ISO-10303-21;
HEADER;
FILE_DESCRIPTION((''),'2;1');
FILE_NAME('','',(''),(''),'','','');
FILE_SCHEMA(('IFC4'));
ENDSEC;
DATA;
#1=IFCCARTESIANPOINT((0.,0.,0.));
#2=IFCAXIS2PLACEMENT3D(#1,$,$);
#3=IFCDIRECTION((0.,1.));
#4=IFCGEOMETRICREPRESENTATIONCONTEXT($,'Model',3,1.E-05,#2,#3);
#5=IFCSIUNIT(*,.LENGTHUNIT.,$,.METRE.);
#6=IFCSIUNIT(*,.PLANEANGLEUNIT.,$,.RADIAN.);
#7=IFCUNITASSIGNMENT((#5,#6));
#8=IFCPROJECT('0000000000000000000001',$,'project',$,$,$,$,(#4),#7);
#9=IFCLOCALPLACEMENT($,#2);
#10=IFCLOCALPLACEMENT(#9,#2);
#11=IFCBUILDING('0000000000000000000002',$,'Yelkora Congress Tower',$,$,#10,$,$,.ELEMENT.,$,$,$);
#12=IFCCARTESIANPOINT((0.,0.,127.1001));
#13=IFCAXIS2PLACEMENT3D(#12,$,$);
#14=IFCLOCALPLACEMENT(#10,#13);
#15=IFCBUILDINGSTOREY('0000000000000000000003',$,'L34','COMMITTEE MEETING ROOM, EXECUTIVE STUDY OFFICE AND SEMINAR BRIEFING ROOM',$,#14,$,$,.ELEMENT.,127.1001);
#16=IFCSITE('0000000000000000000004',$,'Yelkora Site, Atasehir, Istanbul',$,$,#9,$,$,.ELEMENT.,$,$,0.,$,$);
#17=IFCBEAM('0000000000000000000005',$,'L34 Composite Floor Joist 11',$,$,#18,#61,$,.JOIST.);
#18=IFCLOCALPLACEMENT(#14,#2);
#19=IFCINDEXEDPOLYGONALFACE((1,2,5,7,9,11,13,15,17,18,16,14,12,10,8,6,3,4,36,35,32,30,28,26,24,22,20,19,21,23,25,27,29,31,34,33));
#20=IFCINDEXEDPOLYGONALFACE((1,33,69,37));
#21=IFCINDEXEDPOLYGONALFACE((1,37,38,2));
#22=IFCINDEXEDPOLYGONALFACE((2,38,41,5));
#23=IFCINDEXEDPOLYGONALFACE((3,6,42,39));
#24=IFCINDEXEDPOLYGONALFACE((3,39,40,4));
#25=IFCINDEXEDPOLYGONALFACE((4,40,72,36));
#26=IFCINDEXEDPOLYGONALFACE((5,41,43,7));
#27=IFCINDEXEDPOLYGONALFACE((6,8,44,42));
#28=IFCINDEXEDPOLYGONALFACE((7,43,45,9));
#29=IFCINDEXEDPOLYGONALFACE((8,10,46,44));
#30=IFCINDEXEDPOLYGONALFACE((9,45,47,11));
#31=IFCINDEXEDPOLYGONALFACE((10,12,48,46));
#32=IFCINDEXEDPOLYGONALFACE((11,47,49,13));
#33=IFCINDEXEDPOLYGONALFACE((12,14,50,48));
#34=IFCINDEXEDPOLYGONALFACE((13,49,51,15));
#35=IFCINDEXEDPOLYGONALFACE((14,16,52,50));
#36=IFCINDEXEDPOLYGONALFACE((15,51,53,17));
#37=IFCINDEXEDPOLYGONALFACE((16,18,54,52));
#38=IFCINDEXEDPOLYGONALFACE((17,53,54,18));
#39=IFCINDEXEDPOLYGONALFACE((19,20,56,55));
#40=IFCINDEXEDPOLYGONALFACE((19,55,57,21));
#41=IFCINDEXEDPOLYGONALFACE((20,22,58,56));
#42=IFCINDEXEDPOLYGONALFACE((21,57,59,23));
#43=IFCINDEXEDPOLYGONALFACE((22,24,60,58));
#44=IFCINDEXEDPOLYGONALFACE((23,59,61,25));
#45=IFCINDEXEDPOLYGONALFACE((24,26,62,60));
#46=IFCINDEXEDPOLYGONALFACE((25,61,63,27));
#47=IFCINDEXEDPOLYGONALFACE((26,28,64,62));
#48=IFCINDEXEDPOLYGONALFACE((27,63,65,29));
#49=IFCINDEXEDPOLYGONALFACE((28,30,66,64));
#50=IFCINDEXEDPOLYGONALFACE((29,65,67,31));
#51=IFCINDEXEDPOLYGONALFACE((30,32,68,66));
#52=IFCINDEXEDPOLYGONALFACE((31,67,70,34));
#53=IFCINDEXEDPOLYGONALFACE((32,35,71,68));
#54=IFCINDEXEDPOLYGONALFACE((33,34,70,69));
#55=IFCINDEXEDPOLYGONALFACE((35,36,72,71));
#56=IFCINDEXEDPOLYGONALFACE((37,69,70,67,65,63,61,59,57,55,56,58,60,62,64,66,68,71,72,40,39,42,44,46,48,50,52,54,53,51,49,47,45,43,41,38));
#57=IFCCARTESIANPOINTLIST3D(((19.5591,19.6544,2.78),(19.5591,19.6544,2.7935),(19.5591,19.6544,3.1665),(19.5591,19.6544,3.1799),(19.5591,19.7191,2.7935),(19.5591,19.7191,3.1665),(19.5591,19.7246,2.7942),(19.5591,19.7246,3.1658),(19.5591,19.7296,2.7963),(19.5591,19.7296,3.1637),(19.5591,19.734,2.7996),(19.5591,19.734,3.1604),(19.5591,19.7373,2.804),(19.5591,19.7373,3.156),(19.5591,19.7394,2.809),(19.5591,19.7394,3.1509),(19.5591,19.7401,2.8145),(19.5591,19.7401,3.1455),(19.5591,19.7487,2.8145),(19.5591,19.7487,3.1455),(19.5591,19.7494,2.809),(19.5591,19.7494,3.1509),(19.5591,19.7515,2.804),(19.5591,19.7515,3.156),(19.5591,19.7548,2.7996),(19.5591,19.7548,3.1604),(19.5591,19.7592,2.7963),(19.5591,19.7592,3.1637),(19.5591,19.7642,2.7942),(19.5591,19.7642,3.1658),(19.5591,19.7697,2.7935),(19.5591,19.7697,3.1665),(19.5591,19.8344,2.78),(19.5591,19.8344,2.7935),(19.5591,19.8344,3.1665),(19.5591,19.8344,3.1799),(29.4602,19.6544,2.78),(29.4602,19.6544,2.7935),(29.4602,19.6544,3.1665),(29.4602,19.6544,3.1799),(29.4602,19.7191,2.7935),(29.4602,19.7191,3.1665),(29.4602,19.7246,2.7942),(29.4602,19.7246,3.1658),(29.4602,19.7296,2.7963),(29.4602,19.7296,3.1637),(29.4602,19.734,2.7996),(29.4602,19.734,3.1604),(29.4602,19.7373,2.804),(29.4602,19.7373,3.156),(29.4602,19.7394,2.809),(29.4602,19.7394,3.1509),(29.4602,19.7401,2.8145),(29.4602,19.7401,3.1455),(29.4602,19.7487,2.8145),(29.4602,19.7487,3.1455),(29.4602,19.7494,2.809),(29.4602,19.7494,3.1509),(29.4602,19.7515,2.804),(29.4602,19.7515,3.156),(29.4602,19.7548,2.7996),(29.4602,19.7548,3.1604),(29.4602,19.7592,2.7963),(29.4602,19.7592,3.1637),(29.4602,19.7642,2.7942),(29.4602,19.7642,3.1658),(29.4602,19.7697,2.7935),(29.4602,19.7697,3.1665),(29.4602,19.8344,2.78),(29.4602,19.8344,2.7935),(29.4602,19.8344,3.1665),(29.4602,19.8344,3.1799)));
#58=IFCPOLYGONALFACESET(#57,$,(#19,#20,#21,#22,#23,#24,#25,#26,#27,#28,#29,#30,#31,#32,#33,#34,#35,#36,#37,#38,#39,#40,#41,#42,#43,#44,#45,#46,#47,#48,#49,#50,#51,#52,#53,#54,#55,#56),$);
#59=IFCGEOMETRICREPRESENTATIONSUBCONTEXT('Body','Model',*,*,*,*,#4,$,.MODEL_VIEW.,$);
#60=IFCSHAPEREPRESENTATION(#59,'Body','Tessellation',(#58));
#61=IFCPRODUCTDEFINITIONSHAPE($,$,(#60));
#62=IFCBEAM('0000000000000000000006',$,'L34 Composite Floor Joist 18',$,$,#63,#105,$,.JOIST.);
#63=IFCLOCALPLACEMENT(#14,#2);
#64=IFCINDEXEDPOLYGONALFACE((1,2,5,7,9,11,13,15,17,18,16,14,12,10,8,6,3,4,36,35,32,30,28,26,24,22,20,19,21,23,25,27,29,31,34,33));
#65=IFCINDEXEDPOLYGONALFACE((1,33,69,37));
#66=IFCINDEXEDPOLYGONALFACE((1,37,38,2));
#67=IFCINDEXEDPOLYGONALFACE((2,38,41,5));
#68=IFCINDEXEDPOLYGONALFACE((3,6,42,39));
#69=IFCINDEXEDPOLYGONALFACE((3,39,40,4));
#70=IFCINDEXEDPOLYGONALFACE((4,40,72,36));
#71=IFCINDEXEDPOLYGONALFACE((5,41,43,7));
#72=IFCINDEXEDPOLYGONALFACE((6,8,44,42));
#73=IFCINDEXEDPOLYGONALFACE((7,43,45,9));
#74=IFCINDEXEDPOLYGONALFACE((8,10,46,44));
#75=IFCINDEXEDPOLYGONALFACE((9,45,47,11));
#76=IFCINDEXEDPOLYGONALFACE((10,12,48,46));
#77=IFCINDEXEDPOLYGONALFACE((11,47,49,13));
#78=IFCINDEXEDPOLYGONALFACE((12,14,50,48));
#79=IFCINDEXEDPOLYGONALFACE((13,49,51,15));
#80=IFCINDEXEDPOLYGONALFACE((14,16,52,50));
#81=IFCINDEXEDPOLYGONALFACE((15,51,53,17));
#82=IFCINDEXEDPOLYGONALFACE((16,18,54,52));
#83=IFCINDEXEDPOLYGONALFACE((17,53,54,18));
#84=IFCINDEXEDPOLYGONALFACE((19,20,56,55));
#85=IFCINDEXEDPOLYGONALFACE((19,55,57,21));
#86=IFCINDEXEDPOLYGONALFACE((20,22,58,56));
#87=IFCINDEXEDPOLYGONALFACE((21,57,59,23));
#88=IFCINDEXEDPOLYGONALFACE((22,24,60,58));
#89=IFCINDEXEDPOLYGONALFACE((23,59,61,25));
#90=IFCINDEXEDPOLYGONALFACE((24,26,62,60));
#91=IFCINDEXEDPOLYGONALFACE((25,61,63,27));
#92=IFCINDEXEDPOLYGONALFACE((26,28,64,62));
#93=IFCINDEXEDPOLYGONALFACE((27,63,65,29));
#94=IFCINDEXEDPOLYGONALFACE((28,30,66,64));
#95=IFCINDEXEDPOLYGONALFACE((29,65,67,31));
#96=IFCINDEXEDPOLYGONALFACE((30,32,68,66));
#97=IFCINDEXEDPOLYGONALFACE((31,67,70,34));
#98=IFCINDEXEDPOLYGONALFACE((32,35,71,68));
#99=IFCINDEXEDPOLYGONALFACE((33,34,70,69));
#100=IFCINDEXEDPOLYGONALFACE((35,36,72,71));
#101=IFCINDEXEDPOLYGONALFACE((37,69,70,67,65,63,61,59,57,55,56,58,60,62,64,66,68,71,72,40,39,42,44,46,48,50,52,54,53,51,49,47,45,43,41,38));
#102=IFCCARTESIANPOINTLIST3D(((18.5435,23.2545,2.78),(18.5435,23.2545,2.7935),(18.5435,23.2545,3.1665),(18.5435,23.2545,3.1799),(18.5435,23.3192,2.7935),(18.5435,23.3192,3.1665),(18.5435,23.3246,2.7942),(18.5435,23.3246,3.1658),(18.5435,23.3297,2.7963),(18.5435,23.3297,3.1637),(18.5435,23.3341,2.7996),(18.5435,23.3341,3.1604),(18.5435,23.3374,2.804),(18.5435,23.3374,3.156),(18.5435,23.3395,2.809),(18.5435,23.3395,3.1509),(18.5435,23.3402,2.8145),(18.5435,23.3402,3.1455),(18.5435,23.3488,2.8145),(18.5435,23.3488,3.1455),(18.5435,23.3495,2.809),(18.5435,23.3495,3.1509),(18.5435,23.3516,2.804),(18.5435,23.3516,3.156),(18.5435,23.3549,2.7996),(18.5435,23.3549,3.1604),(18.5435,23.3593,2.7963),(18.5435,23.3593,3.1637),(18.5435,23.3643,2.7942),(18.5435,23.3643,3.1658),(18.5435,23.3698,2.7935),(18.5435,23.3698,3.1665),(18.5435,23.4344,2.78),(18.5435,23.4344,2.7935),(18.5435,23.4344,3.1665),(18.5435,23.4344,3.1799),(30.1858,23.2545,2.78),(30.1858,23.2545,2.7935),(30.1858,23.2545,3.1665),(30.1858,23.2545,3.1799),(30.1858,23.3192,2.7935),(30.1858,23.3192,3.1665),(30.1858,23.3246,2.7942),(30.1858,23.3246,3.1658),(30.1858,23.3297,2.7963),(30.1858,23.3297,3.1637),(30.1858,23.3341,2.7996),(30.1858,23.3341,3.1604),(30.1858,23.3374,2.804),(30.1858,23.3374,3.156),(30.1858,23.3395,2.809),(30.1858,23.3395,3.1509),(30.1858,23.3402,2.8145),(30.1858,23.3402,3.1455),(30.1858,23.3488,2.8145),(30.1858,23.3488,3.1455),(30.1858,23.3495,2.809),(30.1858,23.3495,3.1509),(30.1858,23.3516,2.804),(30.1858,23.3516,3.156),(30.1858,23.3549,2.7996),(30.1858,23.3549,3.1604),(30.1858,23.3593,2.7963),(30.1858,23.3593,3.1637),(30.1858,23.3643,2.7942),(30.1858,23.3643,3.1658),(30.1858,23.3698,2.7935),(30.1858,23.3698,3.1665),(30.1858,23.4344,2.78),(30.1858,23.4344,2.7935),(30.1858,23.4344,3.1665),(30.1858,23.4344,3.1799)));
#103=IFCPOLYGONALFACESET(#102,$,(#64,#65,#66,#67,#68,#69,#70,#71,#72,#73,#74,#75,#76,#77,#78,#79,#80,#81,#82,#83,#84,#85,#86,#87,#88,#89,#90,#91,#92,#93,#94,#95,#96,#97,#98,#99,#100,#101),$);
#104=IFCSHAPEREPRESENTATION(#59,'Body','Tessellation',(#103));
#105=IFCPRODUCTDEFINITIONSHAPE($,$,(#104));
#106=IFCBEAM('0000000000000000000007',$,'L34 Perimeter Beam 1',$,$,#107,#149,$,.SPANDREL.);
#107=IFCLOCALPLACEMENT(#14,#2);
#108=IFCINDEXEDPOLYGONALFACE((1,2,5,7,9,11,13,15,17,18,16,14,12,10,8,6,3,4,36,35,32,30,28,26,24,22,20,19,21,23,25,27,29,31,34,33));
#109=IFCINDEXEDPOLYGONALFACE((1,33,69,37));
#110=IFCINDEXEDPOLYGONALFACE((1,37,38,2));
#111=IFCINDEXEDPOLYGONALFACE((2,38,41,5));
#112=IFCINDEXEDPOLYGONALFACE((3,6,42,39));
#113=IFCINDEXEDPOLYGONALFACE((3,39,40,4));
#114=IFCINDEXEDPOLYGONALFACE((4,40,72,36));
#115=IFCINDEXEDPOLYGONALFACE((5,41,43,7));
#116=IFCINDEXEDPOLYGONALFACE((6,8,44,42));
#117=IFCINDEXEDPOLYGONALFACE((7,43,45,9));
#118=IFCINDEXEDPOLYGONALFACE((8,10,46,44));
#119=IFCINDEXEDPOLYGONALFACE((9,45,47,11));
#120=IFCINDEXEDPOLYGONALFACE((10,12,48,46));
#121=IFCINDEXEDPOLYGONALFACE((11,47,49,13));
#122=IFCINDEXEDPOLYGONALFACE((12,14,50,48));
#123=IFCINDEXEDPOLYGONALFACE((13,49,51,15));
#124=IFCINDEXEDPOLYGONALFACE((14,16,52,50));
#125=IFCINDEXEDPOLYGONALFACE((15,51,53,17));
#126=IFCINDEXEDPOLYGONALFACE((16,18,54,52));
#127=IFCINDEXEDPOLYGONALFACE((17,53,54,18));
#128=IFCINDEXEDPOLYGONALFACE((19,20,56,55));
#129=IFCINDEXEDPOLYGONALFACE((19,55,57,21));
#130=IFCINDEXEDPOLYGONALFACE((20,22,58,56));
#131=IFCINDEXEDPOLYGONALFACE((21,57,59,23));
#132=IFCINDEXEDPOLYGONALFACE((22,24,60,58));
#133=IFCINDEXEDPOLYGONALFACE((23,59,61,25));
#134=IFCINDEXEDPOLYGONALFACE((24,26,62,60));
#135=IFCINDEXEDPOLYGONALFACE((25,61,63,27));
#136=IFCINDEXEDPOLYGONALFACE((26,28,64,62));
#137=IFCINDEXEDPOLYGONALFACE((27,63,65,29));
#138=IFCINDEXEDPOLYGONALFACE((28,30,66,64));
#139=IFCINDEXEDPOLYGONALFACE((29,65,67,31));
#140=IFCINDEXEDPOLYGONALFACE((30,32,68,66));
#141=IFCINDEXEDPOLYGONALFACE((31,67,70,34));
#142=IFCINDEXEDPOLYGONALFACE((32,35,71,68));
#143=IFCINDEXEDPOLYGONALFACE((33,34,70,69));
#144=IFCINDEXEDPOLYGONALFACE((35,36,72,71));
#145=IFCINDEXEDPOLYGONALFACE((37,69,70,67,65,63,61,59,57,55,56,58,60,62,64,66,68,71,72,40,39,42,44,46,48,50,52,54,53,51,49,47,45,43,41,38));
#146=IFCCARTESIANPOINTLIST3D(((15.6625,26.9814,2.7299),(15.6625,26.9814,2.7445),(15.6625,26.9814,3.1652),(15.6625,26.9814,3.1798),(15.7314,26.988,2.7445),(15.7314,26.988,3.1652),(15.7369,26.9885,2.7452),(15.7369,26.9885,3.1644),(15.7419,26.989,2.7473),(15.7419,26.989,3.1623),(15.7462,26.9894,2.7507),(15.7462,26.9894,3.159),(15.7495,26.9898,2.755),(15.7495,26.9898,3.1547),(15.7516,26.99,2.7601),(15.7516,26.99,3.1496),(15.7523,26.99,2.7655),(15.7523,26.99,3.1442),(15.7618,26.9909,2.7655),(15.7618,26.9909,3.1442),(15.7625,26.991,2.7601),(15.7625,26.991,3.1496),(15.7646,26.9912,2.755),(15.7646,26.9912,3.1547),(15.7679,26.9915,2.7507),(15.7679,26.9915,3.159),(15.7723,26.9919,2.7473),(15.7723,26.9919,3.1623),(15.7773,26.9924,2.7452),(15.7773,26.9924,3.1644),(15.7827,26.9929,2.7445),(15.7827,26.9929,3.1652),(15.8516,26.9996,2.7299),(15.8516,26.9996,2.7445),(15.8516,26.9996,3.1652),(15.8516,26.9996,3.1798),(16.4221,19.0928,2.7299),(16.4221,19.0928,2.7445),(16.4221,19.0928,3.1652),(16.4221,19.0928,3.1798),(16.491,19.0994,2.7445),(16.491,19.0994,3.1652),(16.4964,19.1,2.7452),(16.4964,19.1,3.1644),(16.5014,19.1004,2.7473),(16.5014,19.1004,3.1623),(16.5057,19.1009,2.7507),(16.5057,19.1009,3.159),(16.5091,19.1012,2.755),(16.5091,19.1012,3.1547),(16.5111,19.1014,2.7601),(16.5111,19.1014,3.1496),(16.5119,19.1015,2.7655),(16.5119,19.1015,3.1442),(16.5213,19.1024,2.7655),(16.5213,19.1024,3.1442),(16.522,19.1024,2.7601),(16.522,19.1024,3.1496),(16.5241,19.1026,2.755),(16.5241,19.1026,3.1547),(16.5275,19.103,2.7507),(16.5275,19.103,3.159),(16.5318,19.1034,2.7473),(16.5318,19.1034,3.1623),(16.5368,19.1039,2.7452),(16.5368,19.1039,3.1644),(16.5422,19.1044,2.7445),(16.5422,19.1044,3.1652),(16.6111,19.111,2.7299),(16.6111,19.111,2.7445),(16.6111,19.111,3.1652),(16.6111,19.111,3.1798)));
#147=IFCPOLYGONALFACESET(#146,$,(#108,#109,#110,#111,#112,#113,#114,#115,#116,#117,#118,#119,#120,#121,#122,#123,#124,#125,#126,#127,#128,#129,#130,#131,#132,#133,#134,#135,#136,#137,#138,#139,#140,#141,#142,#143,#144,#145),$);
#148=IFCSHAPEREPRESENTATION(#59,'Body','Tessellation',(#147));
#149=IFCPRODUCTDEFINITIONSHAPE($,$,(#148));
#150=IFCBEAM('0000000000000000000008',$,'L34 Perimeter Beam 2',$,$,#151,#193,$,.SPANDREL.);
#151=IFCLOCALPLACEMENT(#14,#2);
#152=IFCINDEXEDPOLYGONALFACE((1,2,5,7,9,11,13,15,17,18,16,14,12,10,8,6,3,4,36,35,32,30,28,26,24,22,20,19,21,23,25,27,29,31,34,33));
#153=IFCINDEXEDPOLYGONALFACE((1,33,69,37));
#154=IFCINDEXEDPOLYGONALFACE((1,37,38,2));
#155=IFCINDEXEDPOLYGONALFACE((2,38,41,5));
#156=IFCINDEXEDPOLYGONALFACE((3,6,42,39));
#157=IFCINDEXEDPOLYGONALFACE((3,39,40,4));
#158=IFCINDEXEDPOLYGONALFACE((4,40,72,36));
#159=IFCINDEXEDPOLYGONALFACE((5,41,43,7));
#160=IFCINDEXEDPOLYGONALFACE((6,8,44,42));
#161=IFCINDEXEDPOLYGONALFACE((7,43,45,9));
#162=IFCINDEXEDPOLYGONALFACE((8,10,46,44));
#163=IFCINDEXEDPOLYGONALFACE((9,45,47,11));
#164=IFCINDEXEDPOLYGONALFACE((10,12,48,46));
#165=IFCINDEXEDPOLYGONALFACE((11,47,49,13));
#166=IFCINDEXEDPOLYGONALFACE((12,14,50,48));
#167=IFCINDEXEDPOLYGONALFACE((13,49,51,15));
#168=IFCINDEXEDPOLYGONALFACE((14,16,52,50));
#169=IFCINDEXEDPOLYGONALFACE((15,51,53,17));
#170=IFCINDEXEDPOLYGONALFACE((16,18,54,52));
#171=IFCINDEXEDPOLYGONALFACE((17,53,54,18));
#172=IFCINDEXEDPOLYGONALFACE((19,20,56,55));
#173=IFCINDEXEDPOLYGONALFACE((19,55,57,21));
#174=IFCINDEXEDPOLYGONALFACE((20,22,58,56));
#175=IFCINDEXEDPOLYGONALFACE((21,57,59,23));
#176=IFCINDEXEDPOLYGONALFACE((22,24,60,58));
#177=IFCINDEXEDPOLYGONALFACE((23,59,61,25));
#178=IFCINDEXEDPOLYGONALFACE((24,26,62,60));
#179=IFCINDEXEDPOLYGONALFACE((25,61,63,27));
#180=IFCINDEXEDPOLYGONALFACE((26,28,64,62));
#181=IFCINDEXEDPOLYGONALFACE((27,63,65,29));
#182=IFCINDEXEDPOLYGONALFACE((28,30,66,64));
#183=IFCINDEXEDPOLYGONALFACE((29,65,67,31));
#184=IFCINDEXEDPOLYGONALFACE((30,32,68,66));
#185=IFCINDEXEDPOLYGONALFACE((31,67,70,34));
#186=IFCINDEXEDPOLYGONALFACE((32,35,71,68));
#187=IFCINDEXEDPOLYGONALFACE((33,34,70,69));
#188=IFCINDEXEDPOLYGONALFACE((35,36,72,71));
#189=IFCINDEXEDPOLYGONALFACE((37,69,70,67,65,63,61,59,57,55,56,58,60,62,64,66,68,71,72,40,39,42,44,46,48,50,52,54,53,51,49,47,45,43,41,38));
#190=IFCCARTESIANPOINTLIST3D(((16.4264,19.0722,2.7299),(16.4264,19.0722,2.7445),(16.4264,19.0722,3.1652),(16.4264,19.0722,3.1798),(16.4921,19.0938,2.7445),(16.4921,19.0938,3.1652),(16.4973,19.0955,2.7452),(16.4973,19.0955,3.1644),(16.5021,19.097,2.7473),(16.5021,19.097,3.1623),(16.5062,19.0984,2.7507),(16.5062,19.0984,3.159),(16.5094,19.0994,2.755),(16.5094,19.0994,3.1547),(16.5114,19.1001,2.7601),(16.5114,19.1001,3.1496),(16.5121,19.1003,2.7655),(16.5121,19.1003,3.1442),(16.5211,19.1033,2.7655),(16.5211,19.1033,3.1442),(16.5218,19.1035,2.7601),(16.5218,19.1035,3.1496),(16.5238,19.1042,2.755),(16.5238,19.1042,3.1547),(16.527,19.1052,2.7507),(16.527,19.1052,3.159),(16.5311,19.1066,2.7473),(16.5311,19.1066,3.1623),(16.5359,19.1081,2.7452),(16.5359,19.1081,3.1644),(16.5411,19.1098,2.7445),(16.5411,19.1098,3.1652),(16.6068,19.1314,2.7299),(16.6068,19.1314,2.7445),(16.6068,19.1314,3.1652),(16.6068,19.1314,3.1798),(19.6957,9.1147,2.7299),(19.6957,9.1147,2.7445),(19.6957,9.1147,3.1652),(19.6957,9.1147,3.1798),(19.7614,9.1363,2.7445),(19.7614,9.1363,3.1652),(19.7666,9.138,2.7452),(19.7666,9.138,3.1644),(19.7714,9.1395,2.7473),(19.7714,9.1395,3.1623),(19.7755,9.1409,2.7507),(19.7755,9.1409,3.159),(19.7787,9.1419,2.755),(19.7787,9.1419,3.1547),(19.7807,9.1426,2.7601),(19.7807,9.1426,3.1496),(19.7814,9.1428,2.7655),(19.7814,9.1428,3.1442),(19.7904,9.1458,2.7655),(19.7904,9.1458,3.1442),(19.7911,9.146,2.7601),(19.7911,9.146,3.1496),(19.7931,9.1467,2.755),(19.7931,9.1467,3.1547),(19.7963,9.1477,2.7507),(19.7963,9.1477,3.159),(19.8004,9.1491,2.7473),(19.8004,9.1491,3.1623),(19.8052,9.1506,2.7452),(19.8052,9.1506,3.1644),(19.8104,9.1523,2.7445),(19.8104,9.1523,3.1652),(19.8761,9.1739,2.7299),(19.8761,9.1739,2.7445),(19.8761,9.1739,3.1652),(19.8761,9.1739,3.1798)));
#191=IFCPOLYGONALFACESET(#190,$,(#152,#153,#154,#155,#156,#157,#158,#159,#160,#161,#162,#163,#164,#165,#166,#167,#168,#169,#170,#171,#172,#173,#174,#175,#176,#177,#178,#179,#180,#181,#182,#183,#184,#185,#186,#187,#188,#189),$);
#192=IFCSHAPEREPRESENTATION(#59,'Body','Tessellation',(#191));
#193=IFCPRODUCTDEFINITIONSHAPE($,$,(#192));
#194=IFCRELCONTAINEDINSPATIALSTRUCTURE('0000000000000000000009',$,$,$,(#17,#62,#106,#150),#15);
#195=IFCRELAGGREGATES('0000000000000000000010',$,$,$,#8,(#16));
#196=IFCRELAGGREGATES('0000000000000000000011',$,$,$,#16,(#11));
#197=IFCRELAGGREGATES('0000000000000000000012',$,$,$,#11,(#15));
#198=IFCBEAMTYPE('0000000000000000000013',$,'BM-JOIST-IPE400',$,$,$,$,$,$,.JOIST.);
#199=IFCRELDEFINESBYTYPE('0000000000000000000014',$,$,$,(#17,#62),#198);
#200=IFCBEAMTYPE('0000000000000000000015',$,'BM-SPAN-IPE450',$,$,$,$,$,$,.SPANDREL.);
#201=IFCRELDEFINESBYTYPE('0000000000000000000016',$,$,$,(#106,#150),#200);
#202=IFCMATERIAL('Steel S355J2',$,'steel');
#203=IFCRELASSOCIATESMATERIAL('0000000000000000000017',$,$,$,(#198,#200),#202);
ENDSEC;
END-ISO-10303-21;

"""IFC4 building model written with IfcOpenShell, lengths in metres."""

from ifc_helpers import new_model, si_unit, direction, frame, origin, origin_2d, place, context, subcontext, project, spatial, i_section, extrude, material, material_profile, profile_set, type_object, element, save


model = new_model("IFC4")

# Units and contexts
model_context = context("Model", 3, precision=1e-05, world=origin(), true_north=direction((0.0, 1.0)))
body_context = subcontext(model_context, "Body", "Model", "MODEL_VIEW")
ifc_project = project(units=[si_unit("LENGTHUNIT", "METRE"), si_unit("PLANEANGLEUNIT", "RADIAN")], contexts=[model_context])

# Site, building, storey
site_placement = place(None, origin())
site = spatial("IfcSite", under=ifc_project, at=site_placement, Name="Yelkora Site, Atasehir, Istanbul", CompositionType="ELEMENT", RefElevation=0.0)
building_placement = place(site_placement, origin())
building = spatial("IfcBuilding", under=site, at=building_placement, Name="Yelkora Congress Tower", CompositionType="ELEMENT")
storey_placement = place(building_placement, frame((0.0, 0.0, 127.1001)))
storey = spatial("IfcBuildingStorey", under=building, at=storey_placement, Name="L34", Description="COMMITTEE MEETING ROOM, EXECUTIVE STUDY OFFICE AND SEMINAR BRIEFING ROOM", CompositionType="ELEMENT", Elevation=127.1001)

# Beams
ifc_material_1 = material(Name="Steel S355J2", Category="steel")
ifc_material_profile_1 = material_profile(ifc_material_1, i_section(OverallWidth=0.1799, OverallDepth=0.3999, WebThickness=0.0085, FlangeThickness=0.0134, FilletRadius=0.021, at=origin_2d()), Name="IPE 400")
ifc_profile_set_1 = profile_set([ifc_material_profile_1], Name="Steel S355J2")
beam_type_1 = type_object("IfcBeamType", Name="BM-JOIST-IPE400", PredefinedType="JOIST", material=ifc_profile_set_1)
beam_1_placement = place(storey_placement, frame((19.5591, 19.7444, 2.98), z_axis=(1.0, 0.0, 0.0), x_axis=(0.0, 1.0, 0.0)))
element("IfcBeam", 1, at=beam_1_placement, inside=storey, type_object=beam_type_1, Name="L34 Composite Floor Joist 11", PredefinedType="JOIST", context=body_context, shape_type="SweptSolid", body=[
    extrude(i_section(OverallWidth=0.1799, OverallDepth=0.3999, WebThickness=0.0085, FlangeThickness=0.0134, FilletRadius=0.021, at=origin_2d()), origin(), (0.0, 0.0, 1.0), 9.9011),
])
beam_2_placement = place(storey_placement, frame((18.5435, 23.3445, 2.98), z_axis=(1.0, 0.0, 0.0), x_axis=(0.0, 1.0, 0.0)))
element("IfcBeam", 2, at=beam_2_placement, inside=storey, type_object=beam_type_1, Name="L34 Composite Floor Joist 18", PredefinedType="JOIST", context=body_context, shape_type="SweptSolid", body=[
    extrude(i_section(OverallWidth=0.1799, OverallDepth=0.3999, WebThickness=0.0085, FlangeThickness=0.0134, FilletRadius=0.021, at=origin_2d()), origin(), (0.0, 0.0, 1.0), 11.6423),
])
ifc_material_profile_2 = material_profile(ifc_material_1, i_section(OverallWidth=0.1899, OverallDepth=0.45, WebThickness=0.0095, FlangeThickness=0.0146, FilletRadius=0.021, at=origin_2d()), Name="IPE 450")
ifc_profile_set_2 = profile_set([ifc_material_profile_2], Name="Steel S355J2")
beam_type_2 = type_object("IfcBeamType", Name="BM-SPAN-IPE450", PredefinedType="SPANDREL", material=ifc_profile_set_2)
beam_3_placement = place(storey_placement, frame((15.7571, 26.9905, 2.9548), z_axis=(0.095837, -0.995397, 0.0), x_axis=(0.995397, 0.095837, 0.0)))
element("IfcBeam", 3, at=beam_3_placement, inside=storey, type_object=beam_type_2, Name="L34 Perimeter Beam 1", PredefinedType="SPANDREL", context=body_context, shape_type="SweptSolid", body=[
    extrude(i_section(OverallWidth=0.1899, OverallDepth=0.45, WebThickness=0.0095, FlangeThickness=0.0146, FilletRadius=0.021, at=origin_2d()), origin(), (0.0, 0.0, 1.0), 7.925),
])
beam_4_placement = place(storey_placement, frame((16.5166, 19.1018, 2.9548), z_axis=(0.311941, -0.950102, 0.0), x_axis=(0.950102, 0.311941, 0.0)))
element("IfcBeam", 4, at=beam_4_placement, inside=storey, type_object=beam_type_2, Name="L34 Perimeter Beam 2", PredefinedType="SPANDREL", context=body_context, shape_type="SweptSolid", body=[
    extrude(i_section(OverallWidth=0.1899, OverallDepth=0.45, WebThickness=0.0095, FlangeThickness=0.0146, FilletRadius=0.021, at=origin_2d()), origin(), (0.0, 0.0, 1.0), 10.4805),
])

save(model, "model.ifc")
